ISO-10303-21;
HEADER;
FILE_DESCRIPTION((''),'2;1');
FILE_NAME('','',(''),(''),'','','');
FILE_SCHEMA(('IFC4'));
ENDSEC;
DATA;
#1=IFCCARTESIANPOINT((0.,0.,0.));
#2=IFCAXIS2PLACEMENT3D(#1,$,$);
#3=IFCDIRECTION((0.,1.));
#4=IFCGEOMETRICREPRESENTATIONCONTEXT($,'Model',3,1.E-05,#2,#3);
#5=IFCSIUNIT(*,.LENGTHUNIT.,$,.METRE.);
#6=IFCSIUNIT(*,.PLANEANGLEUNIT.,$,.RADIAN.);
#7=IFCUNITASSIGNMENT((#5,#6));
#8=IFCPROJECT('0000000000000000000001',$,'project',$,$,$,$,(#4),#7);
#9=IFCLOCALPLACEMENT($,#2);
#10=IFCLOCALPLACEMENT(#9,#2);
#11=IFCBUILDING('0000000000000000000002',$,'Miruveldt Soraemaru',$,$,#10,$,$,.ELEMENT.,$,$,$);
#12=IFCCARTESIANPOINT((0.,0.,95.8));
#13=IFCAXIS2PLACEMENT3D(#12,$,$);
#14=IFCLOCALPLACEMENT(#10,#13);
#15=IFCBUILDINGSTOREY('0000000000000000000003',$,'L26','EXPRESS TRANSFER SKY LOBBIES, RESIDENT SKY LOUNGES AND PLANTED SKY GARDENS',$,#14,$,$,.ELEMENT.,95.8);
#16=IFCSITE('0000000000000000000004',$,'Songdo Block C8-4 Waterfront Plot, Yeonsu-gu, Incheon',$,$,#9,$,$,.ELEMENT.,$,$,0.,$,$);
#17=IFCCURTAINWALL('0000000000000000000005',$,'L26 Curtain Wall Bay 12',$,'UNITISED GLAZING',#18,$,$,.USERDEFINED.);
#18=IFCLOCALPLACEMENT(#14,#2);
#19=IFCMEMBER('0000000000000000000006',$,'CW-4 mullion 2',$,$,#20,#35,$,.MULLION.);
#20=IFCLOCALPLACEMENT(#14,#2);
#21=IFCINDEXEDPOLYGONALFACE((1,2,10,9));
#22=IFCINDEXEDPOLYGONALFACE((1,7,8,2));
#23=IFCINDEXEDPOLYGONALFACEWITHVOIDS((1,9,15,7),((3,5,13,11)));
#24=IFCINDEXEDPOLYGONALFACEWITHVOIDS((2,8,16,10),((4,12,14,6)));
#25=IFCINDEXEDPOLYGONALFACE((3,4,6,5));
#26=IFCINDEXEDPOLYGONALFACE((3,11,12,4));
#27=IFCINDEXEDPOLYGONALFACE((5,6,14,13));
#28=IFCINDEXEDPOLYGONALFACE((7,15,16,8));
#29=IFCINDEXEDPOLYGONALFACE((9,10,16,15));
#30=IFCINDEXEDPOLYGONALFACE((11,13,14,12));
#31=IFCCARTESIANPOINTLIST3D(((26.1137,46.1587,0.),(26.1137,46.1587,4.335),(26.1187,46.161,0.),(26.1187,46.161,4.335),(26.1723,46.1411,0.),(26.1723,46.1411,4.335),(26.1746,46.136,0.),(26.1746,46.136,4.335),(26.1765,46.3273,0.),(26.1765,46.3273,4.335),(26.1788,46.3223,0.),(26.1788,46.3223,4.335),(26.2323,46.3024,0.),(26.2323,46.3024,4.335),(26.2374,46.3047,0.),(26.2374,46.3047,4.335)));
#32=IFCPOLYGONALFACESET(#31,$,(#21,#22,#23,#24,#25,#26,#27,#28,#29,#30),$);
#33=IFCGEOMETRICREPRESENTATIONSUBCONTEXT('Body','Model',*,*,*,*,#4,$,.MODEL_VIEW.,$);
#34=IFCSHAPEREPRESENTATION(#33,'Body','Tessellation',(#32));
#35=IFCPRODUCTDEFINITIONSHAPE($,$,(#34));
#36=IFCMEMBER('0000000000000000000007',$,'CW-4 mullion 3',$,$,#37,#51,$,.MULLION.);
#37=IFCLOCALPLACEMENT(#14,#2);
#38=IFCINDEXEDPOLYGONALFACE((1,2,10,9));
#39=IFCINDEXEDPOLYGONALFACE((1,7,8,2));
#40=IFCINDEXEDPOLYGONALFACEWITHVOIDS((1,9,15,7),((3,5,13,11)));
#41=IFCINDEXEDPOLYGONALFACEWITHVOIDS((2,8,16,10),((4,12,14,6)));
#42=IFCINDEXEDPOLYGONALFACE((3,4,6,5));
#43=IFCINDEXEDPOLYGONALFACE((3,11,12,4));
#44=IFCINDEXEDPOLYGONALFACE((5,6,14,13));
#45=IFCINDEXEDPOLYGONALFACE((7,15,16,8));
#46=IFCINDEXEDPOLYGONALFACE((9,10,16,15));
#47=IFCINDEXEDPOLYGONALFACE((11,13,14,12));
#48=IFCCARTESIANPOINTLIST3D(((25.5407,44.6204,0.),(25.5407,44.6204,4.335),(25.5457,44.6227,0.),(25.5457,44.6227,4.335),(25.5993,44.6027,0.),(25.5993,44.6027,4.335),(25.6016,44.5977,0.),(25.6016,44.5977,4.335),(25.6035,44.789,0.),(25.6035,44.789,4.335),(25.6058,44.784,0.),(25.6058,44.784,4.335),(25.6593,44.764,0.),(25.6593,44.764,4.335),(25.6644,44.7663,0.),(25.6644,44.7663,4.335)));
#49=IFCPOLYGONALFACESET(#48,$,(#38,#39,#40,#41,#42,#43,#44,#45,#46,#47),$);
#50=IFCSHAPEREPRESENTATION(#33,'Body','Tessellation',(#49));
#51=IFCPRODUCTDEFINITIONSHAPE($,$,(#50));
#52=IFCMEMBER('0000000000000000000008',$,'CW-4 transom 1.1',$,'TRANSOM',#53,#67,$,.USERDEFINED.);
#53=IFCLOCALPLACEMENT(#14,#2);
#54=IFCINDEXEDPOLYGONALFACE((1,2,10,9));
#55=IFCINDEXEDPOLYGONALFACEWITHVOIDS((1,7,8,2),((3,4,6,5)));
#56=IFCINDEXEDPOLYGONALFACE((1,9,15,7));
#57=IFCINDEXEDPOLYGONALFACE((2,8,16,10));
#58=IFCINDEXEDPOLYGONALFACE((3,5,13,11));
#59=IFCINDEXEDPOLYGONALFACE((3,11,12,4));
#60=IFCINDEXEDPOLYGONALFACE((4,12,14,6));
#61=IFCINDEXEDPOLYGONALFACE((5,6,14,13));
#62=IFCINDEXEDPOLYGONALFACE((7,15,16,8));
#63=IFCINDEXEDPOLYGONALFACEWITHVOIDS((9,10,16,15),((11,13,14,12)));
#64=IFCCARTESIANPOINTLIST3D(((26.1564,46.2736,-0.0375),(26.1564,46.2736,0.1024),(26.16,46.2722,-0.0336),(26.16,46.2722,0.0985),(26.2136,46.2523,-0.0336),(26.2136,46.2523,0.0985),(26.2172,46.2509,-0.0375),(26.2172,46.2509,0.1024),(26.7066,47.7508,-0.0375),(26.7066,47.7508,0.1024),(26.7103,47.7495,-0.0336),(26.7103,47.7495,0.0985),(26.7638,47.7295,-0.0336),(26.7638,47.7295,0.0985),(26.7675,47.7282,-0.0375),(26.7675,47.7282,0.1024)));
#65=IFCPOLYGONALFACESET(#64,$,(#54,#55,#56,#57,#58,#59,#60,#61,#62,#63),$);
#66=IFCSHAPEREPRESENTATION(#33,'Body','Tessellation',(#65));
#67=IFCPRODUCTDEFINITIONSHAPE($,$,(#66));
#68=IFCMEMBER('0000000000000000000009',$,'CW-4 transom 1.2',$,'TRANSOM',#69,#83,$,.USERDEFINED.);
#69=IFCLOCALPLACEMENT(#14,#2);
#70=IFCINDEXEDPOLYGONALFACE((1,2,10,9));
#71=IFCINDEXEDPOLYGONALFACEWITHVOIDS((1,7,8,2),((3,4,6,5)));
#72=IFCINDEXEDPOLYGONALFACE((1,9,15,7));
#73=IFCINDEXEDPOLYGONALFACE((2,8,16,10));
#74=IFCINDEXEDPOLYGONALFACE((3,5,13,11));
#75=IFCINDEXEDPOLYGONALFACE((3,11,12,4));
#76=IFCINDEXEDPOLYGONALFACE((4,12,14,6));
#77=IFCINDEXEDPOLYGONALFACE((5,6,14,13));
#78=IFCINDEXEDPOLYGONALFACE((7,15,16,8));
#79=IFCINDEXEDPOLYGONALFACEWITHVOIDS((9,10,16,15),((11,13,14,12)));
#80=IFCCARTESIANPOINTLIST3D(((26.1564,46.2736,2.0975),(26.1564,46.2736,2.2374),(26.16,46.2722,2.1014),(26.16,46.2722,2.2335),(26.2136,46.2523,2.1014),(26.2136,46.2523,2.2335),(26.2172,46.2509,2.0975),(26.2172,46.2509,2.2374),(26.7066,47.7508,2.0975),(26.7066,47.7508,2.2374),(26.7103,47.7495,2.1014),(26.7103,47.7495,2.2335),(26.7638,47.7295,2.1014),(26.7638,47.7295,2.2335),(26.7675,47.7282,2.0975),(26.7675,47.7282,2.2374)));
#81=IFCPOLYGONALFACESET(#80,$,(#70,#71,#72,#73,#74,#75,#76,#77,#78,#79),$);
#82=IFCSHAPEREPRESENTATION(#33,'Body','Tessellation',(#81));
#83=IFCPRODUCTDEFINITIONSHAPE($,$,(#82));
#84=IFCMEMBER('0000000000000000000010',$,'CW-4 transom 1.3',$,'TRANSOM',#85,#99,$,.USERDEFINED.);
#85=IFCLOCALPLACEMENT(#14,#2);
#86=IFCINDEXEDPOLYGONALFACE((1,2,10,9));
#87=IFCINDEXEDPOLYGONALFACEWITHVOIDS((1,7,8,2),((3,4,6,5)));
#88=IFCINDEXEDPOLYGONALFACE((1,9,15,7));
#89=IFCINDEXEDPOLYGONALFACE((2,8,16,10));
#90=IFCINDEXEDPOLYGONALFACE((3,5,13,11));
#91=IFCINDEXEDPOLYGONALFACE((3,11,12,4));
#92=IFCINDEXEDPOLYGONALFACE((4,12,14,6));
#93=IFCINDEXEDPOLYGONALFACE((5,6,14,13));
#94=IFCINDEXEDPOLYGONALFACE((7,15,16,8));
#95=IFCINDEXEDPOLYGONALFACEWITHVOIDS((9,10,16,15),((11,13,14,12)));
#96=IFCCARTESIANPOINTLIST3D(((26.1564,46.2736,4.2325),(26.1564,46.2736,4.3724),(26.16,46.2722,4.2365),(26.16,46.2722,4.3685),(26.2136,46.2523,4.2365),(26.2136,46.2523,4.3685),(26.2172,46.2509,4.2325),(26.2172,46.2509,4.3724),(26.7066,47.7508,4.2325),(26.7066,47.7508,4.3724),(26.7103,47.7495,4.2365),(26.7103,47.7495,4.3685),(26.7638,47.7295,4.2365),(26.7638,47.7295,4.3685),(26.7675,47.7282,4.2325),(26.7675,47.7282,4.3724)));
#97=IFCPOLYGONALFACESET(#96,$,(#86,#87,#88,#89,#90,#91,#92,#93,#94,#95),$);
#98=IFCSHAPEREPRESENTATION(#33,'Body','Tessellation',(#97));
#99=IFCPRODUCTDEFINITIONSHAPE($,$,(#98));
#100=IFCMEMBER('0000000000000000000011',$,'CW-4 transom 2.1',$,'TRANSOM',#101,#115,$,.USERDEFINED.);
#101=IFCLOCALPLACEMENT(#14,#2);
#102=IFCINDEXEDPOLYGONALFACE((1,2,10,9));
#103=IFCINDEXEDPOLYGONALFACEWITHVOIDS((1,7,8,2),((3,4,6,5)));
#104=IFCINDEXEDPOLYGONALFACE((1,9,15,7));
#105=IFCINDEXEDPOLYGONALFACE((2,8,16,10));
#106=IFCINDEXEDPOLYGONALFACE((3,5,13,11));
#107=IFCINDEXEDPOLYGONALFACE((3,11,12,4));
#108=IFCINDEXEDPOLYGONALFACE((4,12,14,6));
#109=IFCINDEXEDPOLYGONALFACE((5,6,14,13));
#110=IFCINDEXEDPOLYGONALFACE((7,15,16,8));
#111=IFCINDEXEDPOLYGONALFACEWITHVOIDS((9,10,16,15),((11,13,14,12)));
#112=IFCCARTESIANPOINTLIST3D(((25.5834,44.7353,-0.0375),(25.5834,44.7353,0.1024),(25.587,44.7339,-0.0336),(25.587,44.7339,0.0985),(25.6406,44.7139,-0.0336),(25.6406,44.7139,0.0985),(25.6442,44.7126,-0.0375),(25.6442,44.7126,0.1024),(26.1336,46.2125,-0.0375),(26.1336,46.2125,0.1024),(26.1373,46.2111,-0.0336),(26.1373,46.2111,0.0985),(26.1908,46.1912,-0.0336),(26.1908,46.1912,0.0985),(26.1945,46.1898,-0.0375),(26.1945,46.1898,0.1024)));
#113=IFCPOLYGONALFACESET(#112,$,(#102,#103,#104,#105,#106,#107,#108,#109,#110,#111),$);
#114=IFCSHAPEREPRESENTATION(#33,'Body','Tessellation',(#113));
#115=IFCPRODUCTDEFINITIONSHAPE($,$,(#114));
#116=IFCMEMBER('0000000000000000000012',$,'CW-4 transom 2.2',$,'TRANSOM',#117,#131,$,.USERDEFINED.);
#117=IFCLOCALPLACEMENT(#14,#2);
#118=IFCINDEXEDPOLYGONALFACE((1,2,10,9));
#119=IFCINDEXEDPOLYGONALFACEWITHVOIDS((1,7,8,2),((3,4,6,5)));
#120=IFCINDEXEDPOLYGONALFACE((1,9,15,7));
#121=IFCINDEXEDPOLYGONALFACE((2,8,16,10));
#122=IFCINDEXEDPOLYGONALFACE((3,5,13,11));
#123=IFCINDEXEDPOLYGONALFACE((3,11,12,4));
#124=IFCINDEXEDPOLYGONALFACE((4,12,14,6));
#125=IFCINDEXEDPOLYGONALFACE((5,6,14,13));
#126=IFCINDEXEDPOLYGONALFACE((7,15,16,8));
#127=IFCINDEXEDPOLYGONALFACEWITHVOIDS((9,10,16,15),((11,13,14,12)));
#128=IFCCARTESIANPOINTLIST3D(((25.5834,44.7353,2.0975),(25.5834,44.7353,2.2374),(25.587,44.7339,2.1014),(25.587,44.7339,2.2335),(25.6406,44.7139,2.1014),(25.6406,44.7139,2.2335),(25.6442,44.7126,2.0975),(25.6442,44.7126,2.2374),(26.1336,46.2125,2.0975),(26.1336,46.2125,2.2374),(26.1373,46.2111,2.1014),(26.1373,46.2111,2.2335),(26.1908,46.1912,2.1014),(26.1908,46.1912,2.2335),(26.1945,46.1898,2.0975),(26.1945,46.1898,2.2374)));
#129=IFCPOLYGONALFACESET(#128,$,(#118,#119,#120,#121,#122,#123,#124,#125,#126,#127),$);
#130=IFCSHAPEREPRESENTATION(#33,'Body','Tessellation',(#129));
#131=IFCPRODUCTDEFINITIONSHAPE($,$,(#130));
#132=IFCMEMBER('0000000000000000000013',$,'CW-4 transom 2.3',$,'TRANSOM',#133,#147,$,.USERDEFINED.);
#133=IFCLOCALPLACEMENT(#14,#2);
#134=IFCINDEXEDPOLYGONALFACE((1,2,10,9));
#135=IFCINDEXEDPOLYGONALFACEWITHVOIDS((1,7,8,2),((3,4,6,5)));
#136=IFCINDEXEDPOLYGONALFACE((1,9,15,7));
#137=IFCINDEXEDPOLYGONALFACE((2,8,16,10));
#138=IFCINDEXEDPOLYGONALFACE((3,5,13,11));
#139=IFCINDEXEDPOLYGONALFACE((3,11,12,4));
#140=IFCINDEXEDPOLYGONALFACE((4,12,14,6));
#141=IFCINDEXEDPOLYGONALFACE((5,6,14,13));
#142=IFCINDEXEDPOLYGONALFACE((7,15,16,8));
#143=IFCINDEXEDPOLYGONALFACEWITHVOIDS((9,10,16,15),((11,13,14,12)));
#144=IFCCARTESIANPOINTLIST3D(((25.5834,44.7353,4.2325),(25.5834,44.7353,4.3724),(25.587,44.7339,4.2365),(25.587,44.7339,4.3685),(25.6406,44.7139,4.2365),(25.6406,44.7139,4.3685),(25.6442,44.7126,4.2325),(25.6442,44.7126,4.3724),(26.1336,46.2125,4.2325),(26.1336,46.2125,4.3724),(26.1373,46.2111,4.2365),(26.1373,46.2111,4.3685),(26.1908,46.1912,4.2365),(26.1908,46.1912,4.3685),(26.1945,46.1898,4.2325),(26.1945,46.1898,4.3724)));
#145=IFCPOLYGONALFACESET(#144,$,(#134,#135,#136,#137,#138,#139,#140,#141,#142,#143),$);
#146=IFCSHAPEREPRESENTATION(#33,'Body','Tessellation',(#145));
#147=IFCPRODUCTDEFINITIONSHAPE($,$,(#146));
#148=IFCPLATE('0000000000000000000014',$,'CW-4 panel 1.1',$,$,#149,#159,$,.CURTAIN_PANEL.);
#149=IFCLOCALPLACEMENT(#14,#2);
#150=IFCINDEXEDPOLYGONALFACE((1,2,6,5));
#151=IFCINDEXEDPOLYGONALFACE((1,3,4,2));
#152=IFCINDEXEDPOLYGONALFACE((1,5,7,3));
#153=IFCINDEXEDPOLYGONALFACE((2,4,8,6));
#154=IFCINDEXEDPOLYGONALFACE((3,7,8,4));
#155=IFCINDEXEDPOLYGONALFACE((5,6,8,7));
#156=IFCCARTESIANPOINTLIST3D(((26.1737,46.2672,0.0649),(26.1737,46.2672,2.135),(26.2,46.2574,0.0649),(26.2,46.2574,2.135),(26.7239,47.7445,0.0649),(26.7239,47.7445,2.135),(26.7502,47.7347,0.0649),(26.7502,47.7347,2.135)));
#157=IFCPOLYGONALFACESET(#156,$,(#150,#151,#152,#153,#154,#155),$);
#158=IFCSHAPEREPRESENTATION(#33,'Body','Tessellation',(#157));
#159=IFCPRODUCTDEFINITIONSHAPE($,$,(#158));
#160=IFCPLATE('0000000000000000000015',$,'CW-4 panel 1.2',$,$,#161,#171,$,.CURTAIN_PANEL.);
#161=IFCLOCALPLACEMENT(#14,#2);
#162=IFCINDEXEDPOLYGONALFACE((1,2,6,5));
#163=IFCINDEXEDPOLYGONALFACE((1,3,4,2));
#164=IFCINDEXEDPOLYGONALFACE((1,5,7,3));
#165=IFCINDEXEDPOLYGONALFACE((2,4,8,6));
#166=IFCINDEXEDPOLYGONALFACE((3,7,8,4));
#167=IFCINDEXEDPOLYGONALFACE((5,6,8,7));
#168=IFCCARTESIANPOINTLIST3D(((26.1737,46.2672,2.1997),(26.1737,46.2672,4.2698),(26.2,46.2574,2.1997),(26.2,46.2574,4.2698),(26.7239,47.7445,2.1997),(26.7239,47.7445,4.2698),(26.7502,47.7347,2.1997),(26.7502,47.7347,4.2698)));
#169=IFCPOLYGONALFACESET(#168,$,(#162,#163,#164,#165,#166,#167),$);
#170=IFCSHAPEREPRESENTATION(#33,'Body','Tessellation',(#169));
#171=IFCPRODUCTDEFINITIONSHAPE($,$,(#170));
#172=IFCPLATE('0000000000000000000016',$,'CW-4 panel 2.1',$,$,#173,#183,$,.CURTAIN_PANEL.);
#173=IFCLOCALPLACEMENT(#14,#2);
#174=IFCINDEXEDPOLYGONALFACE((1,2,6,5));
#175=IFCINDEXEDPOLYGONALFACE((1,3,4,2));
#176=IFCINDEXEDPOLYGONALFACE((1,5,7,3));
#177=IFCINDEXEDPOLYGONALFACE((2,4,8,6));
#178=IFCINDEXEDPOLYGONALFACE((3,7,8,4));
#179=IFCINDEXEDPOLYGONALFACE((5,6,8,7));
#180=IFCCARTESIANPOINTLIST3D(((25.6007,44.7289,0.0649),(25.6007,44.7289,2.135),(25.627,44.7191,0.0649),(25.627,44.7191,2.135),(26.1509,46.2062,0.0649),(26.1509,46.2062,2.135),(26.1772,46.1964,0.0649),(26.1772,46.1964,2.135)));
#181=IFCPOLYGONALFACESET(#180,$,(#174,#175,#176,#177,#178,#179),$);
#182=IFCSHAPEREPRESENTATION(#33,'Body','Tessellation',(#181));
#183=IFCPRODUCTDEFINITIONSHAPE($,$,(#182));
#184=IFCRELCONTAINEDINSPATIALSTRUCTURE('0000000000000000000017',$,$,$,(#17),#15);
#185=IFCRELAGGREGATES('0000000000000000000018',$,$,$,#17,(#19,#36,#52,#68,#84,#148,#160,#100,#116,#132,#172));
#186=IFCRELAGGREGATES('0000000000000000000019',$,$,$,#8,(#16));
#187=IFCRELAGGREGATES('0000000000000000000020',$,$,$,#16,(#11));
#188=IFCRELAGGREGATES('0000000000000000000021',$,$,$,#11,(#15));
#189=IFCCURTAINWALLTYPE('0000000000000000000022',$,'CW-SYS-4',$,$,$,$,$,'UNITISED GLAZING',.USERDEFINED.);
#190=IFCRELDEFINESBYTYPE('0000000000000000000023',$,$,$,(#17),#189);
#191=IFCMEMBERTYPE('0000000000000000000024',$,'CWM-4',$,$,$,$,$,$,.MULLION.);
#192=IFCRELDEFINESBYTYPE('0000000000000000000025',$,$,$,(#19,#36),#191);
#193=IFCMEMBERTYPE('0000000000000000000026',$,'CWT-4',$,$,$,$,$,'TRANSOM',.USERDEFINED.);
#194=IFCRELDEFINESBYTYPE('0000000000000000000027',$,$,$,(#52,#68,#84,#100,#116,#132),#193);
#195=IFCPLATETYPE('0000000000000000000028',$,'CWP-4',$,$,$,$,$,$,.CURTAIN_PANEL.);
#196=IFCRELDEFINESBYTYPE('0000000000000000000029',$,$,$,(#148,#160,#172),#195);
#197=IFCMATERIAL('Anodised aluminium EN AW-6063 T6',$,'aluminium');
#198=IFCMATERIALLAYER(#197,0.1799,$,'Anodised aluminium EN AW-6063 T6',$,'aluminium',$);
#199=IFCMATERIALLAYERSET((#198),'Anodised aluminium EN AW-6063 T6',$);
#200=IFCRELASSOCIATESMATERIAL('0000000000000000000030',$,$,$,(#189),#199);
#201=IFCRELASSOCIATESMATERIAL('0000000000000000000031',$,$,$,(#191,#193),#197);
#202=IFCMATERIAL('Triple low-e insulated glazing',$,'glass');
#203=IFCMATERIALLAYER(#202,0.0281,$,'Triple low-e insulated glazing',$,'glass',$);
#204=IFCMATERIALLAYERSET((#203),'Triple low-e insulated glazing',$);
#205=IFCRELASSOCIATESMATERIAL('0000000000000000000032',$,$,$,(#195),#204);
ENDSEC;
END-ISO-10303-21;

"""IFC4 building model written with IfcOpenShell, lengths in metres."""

from ifc_helpers import new_model, si_unit, direction, frame, origin, origin_2d, place, context, subcontext, project, spatial, rectangle, hollow_rectangle, extrude, material, layer, layer_set, material_profile, profile_set, type_object, element, aggregate, save


model = new_model("IFC4")

# Units and contexts
model_context = context("Model", 3, precision=1e-05, world=origin(), true_north=direction((0.0, 1.0)))
body_context = subcontext(model_context, "Body", "Model", "MODEL_VIEW")
ifc_project = project(units=[si_unit("LENGTHUNIT", "METRE"), si_unit("PLANEANGLEUNIT", "RADIAN")], contexts=[model_context])

# Site, building, storey
site_placement = place(None, origin())
site = spatial("IfcSite", under=ifc_project, at=site_placement, Name="Songdo Block C8-4 Waterfront Plot, Yeonsu-gu, Incheon", CompositionType="ELEMENT", RefElevation=0.0)
building_placement = place(site_placement, origin())
building = spatial("IfcBuilding", under=site, at=building_placement, Name="Miruveldt Soraemaru", CompositionType="ELEMENT")
storey_placement = place(building_placement, frame((0.0, 0.0, 95.8)))
storey = spatial("IfcBuildingStorey", under=building, at=storey_placement, Name="L26", Description="EXPRESS TRANSFER SKY LOBBIES, RESIDENT SKY LOUNGES AND PLANTED SKY GARDENS", CompositionType="ELEMENT", Elevation=95.8)

# Curtain wall, members, plates
ifc_material_1 = material(Name="Anodised aluminium EN AW-6063 T6", Category="aluminium")
ifc_layer_1 = layer(ifc_material_1, 0.1799, Name="Anodised aluminium EN AW-6063 T6", Category="aluminium")
ifc_layer_set_1 = layer_set([ifc_layer_1], Name="Anodised aluminium EN AW-6063 T6")
curtain_wall_type = type_object("IfcCurtainWallType", Name="CW-SYS-4", ElementType="UNITISED GLAZING", PredefinedType="USERDEFINED", material=ifc_layer_set_1)
curtain_wall_placement = place(storey_placement, origin())
curtain_wall = element("IfcCurtainWall", 1, at=curtain_wall_placement, inside=storey, type_object=curtain_wall_type, Name="L26 Curtain Wall Bay 12", ObjectType="UNITISED GLAZING", PredefinedType="USERDEFINED")
ifc_material_profile_1 = material_profile(ifc_material_1, hollow_rectangle(XDim=0.0649, YDim=0.1799, WallThickness=0.0039, at=origin_2d()), Name="Anodised aluminium EN AW-6063 T6", Category="aluminium")
ifc_profile_set_1 = profile_set([ifc_material_profile_1], Name="Anodised aluminium EN AW-6063 T6")
member_type_1 = type_object("IfcMemberType", Name="CWM-4", PredefinedType="MULLION", material=ifc_profile_set_1)
member_1_placement = place(storey_placement, frame((26.1755, 46.2317, 0.0), z_axis=(0.0, 0.0, 1.0), x_axis=(0.937119, -0.349011, 0.0)))
member_1 = element("IfcMember", 2, at=member_1_placement, type_object=member_type_1, Name="CW-4 mullion 2", PredefinedType="MULLION", context=body_context, shape_type="SweptSolid", body=[
    extrude(hollow_rectangle(XDim=0.0649, YDim=0.1799, WallThickness=0.0039, at=origin_2d()), origin(), (0.0, 0.0, 1.0), 4.335),
])
member_2_placement = place(storey_placement, frame((25.6025, 44.6934, 0.0), z_axis=(0.0, 0.0, 1.0), x_axis=(0.937119, -0.349011, 0.0)))
member_2 = element("IfcMember", 3, at=member_2_placement, type_object=member_type_1, Name="CW-4 mullion 3", PredefinedType="MULLION", context=body_context, shape_type="SweptSolid", body=[
    extrude(hollow_rectangle(XDim=0.0649, YDim=0.1799, WallThickness=0.0039, at=origin_2d()), origin(), (0.0, 0.0, 1.0), 4.335),
])
ifc_material_profile_2 = material_profile(ifc_material_1, hollow_rectangle(XDim=0.0649, YDim=0.1399, WallThickness=0.0039, at=origin_2d()), Name="Anodised aluminium EN AW-6063 T6", Category="aluminium")
ifc_profile_set_2 = profile_set([ifc_material_profile_2], Name="Anodised aluminium EN AW-6063 T6")
member_type_2 = type_object("IfcMemberType", Name="CWT-4", ElementType="TRANSOM", PredefinedType="USERDEFINED", material=ifc_profile_set_2)
member_3_placement = place(storey_placement, frame((26.7371, 47.7395, 0.0325), z_axis=(-0.349069, -0.937097, 0.0), x_axis=(0.937097, -0.349069, 0.0)))
member_3 = element("IfcMember", 4, at=member_3_placement, type_object=member_type_2, Name="CW-4 transom 1.1", ObjectType="TRANSOM", PredefinedType="USERDEFINED", context=body_context, shape_type="SweptSolid", body=[
    extrude(hollow_rectangle(XDim=0.0649, YDim=0.1399, WallThickness=0.0039, at=origin_2d()), origin(), (0.0, 0.0, 1.0), 1.5764),
])
member_4_placement = place(storey_placement, frame((26.7371, 47.7395, 2.1675), z_axis=(-0.349069, -0.937097, 0.0), x_axis=(0.937097, -0.349069, 0.0)))
member_4 = element("IfcMember", 5, at=member_4_placement, type_object=member_type_2, Name="CW-4 transom 1.2", ObjectType="TRANSOM", PredefinedType="USERDEFINED", context=body_context, shape_type="SweptSolid", body=[
    extrude(hollow_rectangle(XDim=0.0649, YDim=0.1399, WallThickness=0.0039, at=origin_2d()), origin(), (0.0, 0.0, 1.0), 1.5764),
])
member_5_placement = place(storey_placement, frame((26.7371, 47.7395, 4.3025), z_axis=(-0.349069, -0.937097, 0.0), x_axis=(0.937097, -0.349069, 0.0)))
member_5 = element("IfcMember", 6, at=member_5_placement, type_object=member_type_2, Name="CW-4 transom 1.3", ObjectType="TRANSOM", PredefinedType="USERDEFINED", context=body_context, shape_type="SweptSolid", body=[
    extrude(hollow_rectangle(XDim=0.0649, YDim=0.1399, WallThickness=0.0039, at=origin_2d()), origin(), (0.0, 0.0, 1.0), 1.5764),
])
member_6_placement = place(storey_placement, frame((26.1641, 46.2012, 0.0325), z_axis=(-0.349069, -0.937097, 0.0), x_axis=(0.937097, -0.349069, 0.0)))
member_6 = element("IfcMember", 7, at=member_6_placement, type_object=member_type_2, Name="CW-4 transom 2.1", ObjectType="TRANSOM", PredefinedType="USERDEFINED", context=body_context, shape_type="SweptSolid", body=[
    extrude(hollow_rectangle(XDim=0.0649, YDim=0.1399, WallThickness=0.0039, at=origin_2d()), origin(), (0.0, 0.0, 1.0), 1.5764),
])
member_7_placement = place(storey_placement, frame((26.1641, 46.2012, 2.1675), z_axis=(-0.349069, -0.937097, 0.0), x_axis=(0.937097, -0.349069, 0.0)))
member_7 = element("IfcMember", 8, at=member_7_placement, type_object=member_type_2, Name="CW-4 transom 2.2", ObjectType="TRANSOM", PredefinedType="USERDEFINED", context=body_context, shape_type="SweptSolid", body=[
    extrude(hollow_rectangle(XDim=0.0649, YDim=0.1399, WallThickness=0.0039, at=origin_2d()), origin(), (0.0, 0.0, 1.0), 1.5764),
])
member_8_placement = place(storey_placement, frame((26.1641, 46.2012, 4.3025), z_axis=(-0.349069, -0.937097, 0.0), x_axis=(0.937097, -0.349069, 0.0)))
member_8 = element("IfcMember", 9, at=member_8_placement, type_object=member_type_2, Name="CW-4 transom 2.3", ObjectType="TRANSOM", PredefinedType="USERDEFINED", context=body_context, shape_type="SweptSolid", body=[
    extrude(hollow_rectangle(XDim=0.0649, YDim=0.1399, WallThickness=0.0039, at=origin_2d()), origin(), (0.0, 0.0, 1.0), 1.5764),
])
ifc_material_2 = material(Name="Triple low-e insulated glazing", Category="glass")
ifc_layer_2 = layer(ifc_material_2, 0.0281, Name="Triple low-e insulated glazing", Category="glass")
ifc_layer_set_2 = layer_set([ifc_layer_2], Name="Triple low-e insulated glazing")
plate_type_1 = type_object("IfcPlateType", Name="CWP-4", PredefinedType="CURTAIN_PANEL", material=ifc_layer_set_2)
plate_1_placement = place(storey_placement, frame((26.4619, 47.001, 0.0649), z_axis=(0.0, 0.0, 1.0), x_axis=(-0.349011, -0.937119, 0.0)))
plate_1 = element("IfcPlate", 10, at=plate_1_placement, type_object=plate_type_1, Name="CW-4 panel 1.1", PredefinedType="CURTAIN_PANEL", context=body_context, shape_type="SweptSolid", body=[
    extrude(rectangle(XDim=1.5764, YDim=0.0281, at=origin_2d()), origin(), (0.0, 0.0, 1.0), 2.0701),
])
plate_2_placement = place(storey_placement, frame((26.4619, 47.001, 2.1997), z_axis=(0.0, 0.0, 1.0), x_axis=(-0.349011, -0.937119, 0.0)))
plate_2 = element("IfcPlate", 11, at=plate_2_placement, type_object=plate_type_1, Name="CW-4 panel 1.2", PredefinedType="CURTAIN_PANEL", context=body_context, shape_type="SweptSolid", body=[
    extrude(rectangle(XDim=1.5764, YDim=0.0281, at=origin_2d()), origin(), (0.0, 0.0, 1.0), 2.0701),
])
plate_3_placement = place(storey_placement, frame((25.8889, 45.4626, 0.0649), z_axis=(0.0, 0.0, 1.0), x_axis=(-0.349011, -0.937119, 0.0)))
plate_3 = element("IfcPlate", 12, at=plate_3_placement, type_object=plate_type_1, Name="CW-4 panel 2.1", PredefinedType="CURTAIN_PANEL", context=body_context, shape_type="SweptSolid", body=[
    extrude(rectangle(XDim=1.5764, YDim=0.0281, at=origin_2d()), origin(), (0.0, 0.0, 1.0), 2.0701),
])
aggregate(curtain_wall, [member_1, member_2, member_3, member_4, member_5, plate_1, plate_2, member_6, member_7, member_8, plate_3])

save(model, "model.ifc")
